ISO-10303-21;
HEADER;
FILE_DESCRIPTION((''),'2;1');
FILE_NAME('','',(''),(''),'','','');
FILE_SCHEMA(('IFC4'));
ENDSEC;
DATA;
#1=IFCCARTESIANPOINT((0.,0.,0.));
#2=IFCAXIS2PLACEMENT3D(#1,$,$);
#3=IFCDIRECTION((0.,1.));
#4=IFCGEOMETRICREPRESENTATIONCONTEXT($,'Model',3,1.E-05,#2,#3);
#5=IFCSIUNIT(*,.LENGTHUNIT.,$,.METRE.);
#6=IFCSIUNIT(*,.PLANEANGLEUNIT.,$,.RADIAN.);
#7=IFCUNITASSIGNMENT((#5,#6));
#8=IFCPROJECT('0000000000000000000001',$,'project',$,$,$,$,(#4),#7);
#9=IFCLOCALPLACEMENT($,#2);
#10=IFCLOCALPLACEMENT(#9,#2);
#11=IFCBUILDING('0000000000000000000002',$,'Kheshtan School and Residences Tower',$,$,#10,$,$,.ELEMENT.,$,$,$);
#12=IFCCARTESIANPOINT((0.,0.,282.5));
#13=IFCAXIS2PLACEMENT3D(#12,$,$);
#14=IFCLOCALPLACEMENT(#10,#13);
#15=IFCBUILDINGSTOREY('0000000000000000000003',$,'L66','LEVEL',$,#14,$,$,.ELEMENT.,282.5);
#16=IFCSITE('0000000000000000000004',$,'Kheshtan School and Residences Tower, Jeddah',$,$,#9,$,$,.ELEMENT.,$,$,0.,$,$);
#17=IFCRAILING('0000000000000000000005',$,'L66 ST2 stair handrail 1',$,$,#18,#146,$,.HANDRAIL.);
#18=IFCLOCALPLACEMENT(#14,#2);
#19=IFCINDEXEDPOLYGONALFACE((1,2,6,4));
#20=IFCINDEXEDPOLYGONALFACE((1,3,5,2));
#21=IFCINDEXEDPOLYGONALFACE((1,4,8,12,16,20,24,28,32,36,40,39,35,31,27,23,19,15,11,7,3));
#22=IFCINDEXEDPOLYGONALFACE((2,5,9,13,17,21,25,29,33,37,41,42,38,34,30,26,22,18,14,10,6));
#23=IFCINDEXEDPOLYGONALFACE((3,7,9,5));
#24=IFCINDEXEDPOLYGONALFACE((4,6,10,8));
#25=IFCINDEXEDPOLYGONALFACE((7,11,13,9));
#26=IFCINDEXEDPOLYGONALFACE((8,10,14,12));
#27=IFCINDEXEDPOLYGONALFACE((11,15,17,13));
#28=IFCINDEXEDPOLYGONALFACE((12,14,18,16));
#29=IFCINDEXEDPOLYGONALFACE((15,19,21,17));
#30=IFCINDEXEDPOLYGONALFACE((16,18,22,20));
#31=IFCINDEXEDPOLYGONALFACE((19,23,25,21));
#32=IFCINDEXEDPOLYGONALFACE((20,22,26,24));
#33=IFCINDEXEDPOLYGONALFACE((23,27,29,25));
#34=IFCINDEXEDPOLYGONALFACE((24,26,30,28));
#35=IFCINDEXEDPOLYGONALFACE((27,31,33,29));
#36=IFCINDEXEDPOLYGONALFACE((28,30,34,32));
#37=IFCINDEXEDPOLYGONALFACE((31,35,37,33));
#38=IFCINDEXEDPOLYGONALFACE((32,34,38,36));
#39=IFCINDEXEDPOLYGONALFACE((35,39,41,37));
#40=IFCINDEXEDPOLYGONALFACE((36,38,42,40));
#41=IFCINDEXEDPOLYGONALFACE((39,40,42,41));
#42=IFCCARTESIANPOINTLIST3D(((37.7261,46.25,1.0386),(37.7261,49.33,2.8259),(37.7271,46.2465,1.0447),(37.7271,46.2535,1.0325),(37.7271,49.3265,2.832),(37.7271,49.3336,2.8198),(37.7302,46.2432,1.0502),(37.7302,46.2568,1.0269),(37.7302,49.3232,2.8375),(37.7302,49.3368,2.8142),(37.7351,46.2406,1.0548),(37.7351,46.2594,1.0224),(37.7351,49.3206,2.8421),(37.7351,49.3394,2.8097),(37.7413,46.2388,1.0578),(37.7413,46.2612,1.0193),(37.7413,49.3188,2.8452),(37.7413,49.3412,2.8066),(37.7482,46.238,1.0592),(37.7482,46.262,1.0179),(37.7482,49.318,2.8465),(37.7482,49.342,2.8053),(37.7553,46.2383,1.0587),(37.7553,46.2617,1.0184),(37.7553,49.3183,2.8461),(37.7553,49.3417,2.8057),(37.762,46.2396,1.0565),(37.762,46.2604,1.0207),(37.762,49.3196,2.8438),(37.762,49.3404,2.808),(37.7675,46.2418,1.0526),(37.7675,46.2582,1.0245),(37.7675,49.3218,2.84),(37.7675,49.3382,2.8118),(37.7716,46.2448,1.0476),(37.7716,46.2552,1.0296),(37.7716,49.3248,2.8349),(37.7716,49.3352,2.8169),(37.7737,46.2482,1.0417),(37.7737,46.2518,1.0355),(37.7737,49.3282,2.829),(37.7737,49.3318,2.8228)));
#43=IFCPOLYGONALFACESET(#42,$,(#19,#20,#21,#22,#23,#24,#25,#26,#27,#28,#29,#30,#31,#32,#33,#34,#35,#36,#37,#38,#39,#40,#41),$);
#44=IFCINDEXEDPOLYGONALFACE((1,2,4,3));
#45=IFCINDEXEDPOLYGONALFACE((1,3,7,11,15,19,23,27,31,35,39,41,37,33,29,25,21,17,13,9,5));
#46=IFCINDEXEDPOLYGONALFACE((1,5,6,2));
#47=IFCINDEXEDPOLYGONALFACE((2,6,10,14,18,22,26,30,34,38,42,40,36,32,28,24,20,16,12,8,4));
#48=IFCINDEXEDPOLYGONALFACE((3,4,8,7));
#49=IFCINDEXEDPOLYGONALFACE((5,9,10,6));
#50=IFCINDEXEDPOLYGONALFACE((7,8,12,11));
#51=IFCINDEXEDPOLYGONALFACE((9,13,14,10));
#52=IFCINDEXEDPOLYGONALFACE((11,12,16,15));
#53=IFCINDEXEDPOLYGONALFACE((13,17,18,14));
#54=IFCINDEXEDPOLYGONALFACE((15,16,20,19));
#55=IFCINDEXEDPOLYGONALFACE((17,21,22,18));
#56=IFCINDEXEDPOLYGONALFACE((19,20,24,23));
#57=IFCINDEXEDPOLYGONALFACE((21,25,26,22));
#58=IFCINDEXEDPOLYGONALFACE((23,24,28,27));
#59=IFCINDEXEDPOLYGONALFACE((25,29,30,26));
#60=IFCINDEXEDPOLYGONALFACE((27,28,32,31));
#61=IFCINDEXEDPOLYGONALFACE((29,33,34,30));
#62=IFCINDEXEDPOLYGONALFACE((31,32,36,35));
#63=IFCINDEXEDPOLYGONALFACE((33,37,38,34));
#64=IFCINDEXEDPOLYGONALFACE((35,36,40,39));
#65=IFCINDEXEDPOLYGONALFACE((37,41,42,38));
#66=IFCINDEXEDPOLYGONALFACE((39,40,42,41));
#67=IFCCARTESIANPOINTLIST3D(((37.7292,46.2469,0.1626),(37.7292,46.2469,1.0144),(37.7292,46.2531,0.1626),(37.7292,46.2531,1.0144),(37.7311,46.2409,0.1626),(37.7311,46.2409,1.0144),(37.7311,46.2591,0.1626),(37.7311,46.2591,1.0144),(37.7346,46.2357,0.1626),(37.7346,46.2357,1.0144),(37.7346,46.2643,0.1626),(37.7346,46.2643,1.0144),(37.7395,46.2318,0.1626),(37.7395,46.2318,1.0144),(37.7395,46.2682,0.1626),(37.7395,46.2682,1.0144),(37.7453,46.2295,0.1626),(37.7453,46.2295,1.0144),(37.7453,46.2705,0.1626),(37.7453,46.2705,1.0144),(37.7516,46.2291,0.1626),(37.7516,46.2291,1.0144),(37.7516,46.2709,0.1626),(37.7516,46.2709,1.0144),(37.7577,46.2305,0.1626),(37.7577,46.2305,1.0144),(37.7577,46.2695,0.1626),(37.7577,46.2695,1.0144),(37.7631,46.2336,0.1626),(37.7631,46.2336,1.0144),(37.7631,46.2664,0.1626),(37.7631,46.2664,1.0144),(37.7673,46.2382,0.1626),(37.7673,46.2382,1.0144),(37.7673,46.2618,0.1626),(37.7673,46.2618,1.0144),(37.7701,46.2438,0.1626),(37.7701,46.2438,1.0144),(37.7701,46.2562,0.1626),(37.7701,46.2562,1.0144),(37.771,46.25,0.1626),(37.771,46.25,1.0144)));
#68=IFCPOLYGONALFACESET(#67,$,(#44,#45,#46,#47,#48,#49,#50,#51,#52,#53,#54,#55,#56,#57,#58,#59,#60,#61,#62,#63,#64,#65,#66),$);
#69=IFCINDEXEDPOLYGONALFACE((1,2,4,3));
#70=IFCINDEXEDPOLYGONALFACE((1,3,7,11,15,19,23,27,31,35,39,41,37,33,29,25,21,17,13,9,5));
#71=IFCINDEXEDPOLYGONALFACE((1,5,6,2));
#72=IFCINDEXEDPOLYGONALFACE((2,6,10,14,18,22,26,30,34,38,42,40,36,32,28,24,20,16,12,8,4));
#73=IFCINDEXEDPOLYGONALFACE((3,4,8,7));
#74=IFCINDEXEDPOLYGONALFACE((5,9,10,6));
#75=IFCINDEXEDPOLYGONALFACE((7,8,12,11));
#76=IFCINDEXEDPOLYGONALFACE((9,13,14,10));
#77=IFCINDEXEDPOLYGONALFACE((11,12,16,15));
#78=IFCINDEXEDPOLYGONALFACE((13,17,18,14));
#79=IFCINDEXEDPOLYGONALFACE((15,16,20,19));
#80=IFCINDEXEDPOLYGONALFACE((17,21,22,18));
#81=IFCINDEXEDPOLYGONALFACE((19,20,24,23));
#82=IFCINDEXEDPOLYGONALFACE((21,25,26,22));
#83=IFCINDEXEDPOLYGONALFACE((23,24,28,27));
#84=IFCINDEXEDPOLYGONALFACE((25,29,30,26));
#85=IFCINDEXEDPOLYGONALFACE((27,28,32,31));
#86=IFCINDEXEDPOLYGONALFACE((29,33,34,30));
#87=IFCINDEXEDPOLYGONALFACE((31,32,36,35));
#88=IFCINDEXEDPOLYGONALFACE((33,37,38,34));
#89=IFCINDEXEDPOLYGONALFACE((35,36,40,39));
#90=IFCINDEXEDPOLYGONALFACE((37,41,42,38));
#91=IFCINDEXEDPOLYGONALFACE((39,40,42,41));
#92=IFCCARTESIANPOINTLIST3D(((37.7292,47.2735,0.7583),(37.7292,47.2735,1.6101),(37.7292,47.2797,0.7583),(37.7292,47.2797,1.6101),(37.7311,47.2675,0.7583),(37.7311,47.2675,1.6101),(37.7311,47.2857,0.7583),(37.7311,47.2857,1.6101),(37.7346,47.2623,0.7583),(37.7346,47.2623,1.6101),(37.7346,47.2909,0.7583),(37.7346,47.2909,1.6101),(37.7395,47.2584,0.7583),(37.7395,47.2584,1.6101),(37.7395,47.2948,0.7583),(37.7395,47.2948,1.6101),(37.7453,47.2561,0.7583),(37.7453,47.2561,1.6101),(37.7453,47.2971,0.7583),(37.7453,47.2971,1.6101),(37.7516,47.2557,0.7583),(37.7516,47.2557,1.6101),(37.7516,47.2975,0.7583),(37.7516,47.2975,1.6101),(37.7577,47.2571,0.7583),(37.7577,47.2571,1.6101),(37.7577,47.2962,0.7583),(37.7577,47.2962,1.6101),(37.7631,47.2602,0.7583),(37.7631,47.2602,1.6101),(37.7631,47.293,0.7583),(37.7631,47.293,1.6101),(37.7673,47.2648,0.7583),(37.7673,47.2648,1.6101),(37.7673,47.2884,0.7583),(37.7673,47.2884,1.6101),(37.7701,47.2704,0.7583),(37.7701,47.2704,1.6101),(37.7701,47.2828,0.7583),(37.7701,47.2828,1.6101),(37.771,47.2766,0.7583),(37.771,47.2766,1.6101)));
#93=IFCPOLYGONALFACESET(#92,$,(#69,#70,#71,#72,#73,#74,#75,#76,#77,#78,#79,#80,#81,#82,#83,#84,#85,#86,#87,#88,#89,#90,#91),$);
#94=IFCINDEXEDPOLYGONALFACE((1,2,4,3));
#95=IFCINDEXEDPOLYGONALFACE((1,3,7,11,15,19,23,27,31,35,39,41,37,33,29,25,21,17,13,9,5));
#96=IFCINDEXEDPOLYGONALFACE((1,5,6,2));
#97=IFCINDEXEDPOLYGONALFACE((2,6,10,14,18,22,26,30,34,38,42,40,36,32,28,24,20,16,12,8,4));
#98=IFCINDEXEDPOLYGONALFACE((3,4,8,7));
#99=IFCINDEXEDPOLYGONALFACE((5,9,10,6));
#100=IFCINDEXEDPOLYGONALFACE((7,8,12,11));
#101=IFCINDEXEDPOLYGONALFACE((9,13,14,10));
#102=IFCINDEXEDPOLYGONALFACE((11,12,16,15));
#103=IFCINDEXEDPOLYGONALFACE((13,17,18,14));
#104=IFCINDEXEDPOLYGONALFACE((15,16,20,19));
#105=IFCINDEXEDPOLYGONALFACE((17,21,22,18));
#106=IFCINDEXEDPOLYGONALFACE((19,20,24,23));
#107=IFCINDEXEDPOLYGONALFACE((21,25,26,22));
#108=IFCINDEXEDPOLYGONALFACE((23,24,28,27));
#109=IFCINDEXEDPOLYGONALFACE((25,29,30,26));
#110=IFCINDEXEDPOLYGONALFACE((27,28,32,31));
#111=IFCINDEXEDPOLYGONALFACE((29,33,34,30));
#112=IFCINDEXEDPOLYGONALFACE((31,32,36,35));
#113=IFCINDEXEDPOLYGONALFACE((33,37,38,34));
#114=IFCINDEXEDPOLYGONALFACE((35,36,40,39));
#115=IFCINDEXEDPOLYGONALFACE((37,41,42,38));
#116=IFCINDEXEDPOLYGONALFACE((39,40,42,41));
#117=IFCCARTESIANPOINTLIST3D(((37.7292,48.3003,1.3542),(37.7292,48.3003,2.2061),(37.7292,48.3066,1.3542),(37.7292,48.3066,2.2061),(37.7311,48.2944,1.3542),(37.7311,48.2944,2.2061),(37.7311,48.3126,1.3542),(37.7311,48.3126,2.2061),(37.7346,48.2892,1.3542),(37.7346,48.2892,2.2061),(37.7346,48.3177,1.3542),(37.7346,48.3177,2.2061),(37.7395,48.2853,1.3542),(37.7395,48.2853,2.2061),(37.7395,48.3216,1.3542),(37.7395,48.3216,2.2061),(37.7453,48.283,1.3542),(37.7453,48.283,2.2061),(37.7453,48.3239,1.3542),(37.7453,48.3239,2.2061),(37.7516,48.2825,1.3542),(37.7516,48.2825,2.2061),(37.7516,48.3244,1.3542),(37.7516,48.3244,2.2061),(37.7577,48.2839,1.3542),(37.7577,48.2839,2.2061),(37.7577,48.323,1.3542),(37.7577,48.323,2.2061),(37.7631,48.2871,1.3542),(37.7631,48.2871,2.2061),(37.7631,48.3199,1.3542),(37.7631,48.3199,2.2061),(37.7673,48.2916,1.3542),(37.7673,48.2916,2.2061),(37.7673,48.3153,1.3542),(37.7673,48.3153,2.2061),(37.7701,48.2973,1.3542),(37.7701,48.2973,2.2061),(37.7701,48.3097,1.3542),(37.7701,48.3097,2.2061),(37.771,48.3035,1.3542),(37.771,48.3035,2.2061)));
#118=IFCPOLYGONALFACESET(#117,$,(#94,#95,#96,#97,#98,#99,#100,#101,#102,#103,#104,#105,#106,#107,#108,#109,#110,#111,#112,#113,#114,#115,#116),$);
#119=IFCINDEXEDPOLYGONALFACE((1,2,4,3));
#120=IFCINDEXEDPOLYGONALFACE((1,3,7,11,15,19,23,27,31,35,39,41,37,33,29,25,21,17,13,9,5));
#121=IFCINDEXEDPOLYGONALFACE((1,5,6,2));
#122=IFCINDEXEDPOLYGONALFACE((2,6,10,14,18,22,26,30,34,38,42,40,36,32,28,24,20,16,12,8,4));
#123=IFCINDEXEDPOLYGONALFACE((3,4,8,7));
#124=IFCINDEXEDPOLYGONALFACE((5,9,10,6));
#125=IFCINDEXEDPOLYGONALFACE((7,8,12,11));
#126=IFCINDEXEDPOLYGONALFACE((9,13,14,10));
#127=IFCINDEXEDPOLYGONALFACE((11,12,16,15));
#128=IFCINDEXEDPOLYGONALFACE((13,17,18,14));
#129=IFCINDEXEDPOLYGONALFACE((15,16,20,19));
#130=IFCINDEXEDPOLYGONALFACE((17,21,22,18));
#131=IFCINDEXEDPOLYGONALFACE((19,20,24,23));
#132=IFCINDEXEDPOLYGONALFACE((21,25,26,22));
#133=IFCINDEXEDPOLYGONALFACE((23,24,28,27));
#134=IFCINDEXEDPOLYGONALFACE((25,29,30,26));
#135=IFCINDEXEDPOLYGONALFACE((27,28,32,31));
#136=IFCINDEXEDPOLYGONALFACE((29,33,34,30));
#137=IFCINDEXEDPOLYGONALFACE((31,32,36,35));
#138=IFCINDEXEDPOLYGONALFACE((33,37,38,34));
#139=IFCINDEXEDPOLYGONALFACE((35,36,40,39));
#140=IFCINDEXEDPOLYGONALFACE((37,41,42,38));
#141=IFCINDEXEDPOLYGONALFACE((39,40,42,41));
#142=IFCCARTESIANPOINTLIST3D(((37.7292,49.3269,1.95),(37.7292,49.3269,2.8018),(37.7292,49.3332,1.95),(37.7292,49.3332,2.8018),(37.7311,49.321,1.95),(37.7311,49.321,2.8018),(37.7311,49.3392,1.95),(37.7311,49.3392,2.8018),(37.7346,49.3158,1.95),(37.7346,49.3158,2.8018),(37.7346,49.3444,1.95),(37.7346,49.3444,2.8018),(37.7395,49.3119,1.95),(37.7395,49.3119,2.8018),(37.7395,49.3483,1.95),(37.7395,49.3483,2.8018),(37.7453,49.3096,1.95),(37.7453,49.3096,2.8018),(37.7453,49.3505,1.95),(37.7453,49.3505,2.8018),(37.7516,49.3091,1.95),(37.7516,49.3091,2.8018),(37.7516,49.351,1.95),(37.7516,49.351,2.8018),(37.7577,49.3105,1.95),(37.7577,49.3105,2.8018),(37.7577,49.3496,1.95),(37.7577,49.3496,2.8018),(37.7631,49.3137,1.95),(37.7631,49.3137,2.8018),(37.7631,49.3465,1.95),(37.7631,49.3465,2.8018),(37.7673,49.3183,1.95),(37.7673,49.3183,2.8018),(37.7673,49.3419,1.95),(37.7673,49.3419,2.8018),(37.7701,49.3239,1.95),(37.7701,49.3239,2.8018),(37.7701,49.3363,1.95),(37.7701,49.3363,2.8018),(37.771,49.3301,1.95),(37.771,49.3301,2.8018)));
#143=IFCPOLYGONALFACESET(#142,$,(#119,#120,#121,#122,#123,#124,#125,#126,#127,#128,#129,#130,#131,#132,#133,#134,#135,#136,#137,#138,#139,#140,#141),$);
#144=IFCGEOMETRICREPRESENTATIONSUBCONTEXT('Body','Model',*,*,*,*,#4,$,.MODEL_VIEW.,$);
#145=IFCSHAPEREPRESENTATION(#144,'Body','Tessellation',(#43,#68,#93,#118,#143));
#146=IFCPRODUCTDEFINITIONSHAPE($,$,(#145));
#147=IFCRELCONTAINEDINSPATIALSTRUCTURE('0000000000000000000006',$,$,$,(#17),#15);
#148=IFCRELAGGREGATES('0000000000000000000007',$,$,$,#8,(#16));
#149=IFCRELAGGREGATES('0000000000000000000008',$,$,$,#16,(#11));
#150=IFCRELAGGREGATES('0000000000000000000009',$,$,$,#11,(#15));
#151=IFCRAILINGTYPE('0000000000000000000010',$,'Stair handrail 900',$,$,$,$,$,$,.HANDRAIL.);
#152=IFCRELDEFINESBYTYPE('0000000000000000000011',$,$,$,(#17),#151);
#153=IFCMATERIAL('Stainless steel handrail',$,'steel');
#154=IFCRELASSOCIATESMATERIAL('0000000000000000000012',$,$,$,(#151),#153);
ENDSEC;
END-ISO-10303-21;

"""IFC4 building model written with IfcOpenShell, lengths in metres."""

from ifc_helpers import new_model, si_unit, direction, frame, origin, origin_2d, place, context, subcontext, project, spatial, circle, extrude, material, type_object, element, save


model = new_model("IFC4")

# Units and contexts
model_context = context("Model", 3, precision=1e-05, world=origin(), true_north=direction((0.0, 1.0)))
body_context = subcontext(model_context, "Body", "Model", "MODEL_VIEW")
ifc_project = project(units=[si_unit("LENGTHUNIT", "METRE"), si_unit("PLANEANGLEUNIT", "RADIAN")], contexts=[model_context])

# Site, building, storey
site_placement = place(None, origin())
site = spatial("IfcSite", under=ifc_project, at=site_placement, Name="Kheshtan School and Residences Tower, Jeddah", CompositionType="ELEMENT", RefElevation=0.0)
building_placement = place(site_placement, origin())
building = spatial("IfcBuilding", under=site, at=building_placement, Name="Kheshtan School and Residences Tower", CompositionType="ELEMENT")
storey_placement = place(building_placement, frame((0.0, 0.0, 282.5)))
storey = spatial("IfcBuildingStorey", under=building, at=storey_placement, Name="L66", Description="LEVEL", CompositionType="ELEMENT", Elevation=282.5)

# Railing
ifc_material_1 = material(Name="Stainless steel handrail", Category="steel")
railing_type_1 = type_object("IfcRailingType", Name="Stair handrail 900", PredefinedType="HANDRAIL", material=ifc_material_1)
railing_1_placement = place(storey_placement, frame((37.75, 46.25, 0.1626)))
element("IfcRailing", 1, at=railing_1_placement, inside=storey, type_object=railing_type_1, Name="L66 ST2 stair handrail 1", PredefinedType="HANDRAIL", context=body_context, shape_type="SweptSolid", body=[
    extrude(circle(Radius=0.0239, at=origin_2d()), frame((0.0, 0.0, 0.876), z_axis=(0.0, 0.86492, 0.501909), x_axis=(-1.0, 0.0, 0.0)), (0.0, 0.0, 1.0), 3.561),
    extrude(circle(Radius=0.021, at=origin_2d()), origin(), (0.0, 0.0, 1.0), 0.8518),
    extrude(circle(Radius=0.021, at=origin_2d()), frame((0.0, 1.0266, 0.5957)), (0.0, 0.0, 1.0), 0.8518),
    extrude(circle(Radius=0.021, at=origin_2d()), frame((0.0, 2.0535, 1.1917)), (0.0, 0.0, 1.0), 0.8518),
    extrude(circle(Radius=0.021, at=origin_2d()), frame((0.0, 3.0801, 1.7874)), (0.0, 0.0, 1.0), 0.8518),
])

save(model, "model.ifc")
